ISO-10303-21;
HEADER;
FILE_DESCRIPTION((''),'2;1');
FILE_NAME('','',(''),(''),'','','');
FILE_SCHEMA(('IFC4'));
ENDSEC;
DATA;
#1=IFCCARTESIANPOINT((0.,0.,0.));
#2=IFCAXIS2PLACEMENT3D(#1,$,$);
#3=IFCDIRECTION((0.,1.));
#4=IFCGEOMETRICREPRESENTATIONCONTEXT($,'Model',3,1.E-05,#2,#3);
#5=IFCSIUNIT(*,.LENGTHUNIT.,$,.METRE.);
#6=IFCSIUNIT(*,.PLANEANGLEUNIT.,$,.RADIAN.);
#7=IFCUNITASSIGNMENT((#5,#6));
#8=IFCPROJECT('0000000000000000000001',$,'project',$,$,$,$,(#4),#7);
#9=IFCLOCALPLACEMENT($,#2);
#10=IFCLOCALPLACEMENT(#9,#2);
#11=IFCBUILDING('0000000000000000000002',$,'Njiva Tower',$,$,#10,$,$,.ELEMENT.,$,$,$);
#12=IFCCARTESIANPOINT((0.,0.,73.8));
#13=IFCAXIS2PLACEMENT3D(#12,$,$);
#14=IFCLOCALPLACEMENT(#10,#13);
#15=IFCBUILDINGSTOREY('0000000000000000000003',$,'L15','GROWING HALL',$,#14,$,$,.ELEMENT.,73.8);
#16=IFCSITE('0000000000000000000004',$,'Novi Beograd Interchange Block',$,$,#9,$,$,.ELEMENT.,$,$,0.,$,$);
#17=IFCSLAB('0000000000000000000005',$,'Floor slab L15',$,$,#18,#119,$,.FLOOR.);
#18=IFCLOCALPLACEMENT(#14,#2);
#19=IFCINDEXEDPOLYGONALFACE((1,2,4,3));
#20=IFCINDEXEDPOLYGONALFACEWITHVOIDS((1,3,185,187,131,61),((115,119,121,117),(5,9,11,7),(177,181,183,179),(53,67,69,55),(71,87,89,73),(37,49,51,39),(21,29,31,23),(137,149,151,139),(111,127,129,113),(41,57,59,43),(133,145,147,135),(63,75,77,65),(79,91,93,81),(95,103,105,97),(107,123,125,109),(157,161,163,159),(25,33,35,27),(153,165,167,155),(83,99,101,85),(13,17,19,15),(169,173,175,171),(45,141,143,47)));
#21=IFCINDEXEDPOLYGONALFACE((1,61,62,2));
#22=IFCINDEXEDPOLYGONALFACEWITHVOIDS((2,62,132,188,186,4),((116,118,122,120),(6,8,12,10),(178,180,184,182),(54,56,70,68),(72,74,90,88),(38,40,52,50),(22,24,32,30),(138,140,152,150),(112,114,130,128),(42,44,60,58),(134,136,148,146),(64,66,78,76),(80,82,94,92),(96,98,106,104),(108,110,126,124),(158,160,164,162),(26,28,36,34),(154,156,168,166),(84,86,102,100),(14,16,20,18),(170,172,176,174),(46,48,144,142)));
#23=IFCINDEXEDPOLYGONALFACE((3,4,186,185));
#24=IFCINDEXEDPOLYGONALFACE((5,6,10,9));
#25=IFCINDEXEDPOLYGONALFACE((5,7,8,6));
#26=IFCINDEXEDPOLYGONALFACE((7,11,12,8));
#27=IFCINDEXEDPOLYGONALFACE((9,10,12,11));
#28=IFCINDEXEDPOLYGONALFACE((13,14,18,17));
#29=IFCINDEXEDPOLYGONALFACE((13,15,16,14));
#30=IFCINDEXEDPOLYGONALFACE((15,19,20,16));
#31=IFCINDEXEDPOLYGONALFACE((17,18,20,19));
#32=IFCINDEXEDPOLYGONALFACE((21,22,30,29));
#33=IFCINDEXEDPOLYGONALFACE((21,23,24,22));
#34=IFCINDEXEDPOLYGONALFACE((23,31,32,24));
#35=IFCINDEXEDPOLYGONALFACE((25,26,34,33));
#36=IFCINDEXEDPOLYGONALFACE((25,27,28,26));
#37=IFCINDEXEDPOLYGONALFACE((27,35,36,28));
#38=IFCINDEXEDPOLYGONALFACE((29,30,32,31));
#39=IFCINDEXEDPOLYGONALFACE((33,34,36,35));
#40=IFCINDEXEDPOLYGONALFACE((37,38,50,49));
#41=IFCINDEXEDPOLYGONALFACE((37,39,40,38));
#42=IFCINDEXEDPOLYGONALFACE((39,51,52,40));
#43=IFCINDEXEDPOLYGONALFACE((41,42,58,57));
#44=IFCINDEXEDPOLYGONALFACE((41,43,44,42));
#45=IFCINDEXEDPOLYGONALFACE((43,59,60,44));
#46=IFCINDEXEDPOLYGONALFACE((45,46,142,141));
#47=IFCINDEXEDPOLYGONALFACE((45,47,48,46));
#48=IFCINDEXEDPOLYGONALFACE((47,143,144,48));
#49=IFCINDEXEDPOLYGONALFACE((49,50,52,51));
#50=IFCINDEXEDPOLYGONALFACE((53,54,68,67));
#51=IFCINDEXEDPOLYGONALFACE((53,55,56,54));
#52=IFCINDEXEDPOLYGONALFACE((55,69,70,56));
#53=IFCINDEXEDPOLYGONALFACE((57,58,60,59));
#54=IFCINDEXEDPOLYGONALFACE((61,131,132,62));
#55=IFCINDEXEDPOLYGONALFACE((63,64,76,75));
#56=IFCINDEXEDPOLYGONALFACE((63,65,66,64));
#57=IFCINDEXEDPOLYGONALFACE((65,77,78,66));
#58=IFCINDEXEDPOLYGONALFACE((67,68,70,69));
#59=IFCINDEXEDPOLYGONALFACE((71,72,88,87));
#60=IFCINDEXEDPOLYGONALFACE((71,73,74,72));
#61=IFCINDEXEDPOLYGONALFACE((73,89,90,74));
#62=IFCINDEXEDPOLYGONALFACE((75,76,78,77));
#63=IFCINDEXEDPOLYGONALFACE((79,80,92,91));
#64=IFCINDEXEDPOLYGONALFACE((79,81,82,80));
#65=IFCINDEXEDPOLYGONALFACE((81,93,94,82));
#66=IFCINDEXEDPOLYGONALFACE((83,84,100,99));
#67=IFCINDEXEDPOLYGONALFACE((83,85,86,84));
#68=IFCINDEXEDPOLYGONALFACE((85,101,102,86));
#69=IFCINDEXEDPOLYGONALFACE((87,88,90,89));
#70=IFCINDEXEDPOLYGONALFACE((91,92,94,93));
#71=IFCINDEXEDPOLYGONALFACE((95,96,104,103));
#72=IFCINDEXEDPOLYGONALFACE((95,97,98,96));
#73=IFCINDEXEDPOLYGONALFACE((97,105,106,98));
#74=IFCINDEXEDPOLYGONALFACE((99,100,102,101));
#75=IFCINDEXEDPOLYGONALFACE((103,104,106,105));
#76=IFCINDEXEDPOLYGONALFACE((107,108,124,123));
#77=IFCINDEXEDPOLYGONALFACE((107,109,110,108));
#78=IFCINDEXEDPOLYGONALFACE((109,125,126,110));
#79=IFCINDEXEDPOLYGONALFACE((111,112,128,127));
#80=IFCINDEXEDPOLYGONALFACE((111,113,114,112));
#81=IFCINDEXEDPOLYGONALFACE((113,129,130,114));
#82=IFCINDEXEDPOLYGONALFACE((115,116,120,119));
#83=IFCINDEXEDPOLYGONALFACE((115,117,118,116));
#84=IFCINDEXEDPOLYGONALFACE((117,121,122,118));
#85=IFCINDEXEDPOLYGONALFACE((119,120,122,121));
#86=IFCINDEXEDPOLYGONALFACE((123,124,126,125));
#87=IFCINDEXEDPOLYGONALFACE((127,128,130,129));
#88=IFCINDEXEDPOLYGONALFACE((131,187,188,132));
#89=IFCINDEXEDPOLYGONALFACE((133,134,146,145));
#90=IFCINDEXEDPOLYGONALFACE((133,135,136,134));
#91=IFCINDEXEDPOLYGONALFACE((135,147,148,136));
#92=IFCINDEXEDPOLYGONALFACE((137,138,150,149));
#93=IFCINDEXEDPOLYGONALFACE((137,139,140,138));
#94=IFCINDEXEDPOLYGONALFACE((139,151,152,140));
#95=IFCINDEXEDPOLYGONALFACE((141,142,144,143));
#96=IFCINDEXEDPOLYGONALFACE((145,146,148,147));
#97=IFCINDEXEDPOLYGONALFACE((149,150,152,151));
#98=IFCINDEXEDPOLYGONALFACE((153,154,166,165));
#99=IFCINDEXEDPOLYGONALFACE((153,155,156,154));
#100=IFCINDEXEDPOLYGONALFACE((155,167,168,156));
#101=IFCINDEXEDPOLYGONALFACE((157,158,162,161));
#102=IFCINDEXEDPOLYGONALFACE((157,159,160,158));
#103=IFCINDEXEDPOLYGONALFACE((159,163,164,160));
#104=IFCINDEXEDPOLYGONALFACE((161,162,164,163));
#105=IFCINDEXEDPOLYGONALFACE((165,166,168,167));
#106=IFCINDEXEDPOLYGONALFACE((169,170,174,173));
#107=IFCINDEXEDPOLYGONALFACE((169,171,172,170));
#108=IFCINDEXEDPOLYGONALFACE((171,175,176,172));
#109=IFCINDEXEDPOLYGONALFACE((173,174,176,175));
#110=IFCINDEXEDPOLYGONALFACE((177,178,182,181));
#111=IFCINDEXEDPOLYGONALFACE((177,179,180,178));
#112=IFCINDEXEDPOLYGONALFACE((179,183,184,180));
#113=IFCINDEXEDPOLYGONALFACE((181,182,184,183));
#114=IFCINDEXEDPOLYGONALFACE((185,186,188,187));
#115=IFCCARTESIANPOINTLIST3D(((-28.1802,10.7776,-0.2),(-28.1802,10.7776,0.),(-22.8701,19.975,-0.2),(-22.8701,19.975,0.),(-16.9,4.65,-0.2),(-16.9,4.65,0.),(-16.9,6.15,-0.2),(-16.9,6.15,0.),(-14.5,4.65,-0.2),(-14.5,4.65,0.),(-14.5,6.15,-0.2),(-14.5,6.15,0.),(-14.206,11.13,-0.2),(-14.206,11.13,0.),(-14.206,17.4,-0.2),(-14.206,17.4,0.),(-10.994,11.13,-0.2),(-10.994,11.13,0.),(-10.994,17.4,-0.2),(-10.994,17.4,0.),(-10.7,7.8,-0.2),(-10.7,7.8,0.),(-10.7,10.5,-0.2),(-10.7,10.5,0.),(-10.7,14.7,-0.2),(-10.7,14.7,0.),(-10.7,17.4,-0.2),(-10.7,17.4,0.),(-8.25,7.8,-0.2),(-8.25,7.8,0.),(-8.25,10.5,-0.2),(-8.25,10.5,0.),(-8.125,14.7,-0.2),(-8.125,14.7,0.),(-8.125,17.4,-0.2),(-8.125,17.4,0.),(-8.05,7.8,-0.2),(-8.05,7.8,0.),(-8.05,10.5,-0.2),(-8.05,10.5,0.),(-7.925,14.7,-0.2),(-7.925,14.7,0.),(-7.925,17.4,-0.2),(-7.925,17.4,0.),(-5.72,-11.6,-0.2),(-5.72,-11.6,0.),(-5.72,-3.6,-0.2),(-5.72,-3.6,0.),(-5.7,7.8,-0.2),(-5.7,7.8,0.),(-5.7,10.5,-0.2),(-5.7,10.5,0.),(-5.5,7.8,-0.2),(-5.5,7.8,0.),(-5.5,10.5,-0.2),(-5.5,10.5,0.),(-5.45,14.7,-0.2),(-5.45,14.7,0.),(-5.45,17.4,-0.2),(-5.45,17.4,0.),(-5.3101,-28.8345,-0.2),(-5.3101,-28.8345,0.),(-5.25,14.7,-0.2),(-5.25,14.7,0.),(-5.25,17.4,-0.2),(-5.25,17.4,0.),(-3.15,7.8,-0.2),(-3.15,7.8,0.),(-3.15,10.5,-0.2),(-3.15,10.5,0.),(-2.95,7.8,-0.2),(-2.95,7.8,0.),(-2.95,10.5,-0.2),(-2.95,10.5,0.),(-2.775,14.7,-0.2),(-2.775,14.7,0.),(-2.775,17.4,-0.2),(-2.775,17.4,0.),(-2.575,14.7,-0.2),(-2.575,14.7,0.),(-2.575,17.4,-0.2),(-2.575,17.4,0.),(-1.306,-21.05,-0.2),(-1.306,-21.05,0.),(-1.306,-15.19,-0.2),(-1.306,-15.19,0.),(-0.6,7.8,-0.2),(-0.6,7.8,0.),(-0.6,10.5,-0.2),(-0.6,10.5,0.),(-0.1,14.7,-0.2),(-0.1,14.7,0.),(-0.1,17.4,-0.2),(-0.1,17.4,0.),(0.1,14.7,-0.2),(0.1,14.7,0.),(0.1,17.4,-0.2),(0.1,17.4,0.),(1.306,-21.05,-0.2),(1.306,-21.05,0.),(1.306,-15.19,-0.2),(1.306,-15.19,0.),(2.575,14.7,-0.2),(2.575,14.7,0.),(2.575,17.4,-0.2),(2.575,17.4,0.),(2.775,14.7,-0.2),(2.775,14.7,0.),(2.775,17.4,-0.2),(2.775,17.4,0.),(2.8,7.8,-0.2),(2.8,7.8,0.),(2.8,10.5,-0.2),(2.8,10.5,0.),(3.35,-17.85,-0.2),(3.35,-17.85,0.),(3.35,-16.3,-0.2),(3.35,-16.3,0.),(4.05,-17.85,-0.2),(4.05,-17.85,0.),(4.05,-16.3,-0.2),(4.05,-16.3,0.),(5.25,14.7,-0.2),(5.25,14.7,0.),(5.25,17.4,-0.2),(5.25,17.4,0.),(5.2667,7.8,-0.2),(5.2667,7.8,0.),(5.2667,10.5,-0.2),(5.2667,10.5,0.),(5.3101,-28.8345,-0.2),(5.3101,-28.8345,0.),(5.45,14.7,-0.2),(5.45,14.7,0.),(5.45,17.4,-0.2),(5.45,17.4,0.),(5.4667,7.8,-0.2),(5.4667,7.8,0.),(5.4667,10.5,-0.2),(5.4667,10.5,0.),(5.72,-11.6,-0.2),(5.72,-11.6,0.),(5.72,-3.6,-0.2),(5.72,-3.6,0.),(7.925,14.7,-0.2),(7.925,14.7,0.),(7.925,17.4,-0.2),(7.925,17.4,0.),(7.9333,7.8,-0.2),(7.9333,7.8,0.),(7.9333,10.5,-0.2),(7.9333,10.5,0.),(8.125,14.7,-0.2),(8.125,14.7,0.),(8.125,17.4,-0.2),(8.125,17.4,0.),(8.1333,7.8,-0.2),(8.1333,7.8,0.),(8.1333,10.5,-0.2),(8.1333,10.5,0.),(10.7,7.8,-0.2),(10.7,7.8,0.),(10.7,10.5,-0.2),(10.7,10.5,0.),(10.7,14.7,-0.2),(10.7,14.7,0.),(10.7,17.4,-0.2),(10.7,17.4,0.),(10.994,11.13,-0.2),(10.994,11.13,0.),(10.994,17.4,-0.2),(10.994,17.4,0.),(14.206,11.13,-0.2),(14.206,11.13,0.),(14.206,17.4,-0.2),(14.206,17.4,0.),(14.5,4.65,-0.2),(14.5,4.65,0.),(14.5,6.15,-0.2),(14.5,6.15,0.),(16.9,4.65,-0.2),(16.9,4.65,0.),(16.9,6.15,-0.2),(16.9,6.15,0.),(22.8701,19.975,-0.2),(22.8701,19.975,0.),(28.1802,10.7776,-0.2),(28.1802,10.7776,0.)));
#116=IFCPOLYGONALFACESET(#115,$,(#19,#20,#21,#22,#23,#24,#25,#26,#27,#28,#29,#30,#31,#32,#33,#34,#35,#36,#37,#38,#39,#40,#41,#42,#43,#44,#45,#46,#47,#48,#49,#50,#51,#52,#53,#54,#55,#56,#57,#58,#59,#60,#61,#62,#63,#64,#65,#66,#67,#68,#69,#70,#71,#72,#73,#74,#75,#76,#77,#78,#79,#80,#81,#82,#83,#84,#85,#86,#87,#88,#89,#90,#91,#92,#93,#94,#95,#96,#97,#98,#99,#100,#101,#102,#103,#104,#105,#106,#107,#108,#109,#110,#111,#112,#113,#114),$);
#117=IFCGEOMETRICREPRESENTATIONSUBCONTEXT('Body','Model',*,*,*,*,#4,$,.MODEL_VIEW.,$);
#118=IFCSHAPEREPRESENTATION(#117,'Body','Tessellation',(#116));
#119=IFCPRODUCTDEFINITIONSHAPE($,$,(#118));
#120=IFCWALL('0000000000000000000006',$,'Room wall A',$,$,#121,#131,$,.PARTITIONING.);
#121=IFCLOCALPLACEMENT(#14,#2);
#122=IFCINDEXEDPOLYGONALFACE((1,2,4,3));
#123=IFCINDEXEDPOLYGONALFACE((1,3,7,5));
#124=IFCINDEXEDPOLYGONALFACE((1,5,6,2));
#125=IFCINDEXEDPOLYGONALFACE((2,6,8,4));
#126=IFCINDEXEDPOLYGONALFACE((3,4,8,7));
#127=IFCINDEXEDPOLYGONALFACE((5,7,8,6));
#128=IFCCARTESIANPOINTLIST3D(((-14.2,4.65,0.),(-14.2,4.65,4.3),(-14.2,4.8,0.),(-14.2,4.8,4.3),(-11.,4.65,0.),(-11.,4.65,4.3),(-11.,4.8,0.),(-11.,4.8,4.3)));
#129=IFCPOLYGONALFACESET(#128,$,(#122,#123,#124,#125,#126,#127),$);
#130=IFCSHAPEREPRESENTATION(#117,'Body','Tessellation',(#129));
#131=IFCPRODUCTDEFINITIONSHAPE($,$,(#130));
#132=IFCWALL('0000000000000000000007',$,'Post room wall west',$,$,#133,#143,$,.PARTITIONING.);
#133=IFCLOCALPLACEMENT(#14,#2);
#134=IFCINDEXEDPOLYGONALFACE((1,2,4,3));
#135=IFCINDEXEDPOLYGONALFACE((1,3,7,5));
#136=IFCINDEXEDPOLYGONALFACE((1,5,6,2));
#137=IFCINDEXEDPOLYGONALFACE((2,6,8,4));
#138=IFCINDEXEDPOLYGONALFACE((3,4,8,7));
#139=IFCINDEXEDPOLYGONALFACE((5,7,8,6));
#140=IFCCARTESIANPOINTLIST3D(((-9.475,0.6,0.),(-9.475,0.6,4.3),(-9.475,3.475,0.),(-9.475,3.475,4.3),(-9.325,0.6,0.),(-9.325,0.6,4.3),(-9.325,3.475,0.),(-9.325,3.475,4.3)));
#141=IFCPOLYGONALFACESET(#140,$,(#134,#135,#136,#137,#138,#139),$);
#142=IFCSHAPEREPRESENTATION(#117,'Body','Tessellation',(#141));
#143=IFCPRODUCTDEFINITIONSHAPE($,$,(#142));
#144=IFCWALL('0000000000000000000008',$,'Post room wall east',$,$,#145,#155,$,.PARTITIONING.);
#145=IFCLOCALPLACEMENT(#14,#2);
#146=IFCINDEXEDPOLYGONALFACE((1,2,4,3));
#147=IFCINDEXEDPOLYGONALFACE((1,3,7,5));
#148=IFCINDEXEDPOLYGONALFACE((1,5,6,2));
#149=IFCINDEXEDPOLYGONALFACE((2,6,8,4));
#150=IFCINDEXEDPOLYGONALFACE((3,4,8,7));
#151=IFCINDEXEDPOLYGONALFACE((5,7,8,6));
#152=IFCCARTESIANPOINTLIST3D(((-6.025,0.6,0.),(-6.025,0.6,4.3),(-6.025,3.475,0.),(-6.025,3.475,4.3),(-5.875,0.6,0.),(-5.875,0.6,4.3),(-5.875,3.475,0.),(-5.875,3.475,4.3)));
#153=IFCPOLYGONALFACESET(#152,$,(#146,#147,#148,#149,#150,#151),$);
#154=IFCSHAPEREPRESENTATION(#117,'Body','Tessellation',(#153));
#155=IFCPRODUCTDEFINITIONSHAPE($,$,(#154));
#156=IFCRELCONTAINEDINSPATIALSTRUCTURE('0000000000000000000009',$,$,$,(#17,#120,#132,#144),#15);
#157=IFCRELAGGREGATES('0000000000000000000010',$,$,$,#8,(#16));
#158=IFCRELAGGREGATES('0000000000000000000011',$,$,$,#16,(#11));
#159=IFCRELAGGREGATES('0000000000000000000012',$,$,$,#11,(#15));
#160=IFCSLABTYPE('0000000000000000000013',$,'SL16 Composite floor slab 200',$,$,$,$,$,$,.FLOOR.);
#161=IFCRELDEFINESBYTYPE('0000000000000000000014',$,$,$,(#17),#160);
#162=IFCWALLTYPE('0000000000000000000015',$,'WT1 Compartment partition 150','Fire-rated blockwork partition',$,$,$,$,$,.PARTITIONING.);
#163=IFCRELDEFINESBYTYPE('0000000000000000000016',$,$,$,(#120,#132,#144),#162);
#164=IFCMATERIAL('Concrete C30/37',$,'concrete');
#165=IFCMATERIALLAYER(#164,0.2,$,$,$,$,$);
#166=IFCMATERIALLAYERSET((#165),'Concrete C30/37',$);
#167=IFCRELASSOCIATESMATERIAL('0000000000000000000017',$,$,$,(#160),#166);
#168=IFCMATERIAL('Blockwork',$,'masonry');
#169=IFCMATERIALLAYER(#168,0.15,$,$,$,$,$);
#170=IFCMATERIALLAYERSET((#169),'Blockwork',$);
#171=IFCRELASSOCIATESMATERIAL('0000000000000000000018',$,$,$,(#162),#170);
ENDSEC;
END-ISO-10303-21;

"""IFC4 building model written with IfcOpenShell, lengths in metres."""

from ifc_helpers import new_model, si_unit, direction, frame, frame_2d, origin, place, context, subcontext, project, spatial, polyline, rectangle, outline, extrude, material, layer, layer_set, type_object, element, save


model = new_model("IFC4")

# Units and contexts
model_context = context("Model", 3, precision=1e-05, world=origin(), true_north=direction((0.0, 1.0)))
body_context = subcontext(model_context, "Body", "Model", "MODEL_VIEW")
ifc_project = project(units=[si_unit("LENGTHUNIT", "METRE"), si_unit("PLANEANGLEUNIT", "RADIAN")], contexts=[model_context])

# Site, building, storey
site_placement = place(None, origin())
site = spatial("IfcSite", under=ifc_project, at=site_placement, Name="Novi Beograd Interchange Block", CompositionType="ELEMENT", RefElevation=0.0)
building_placement = place(site_placement, origin())
building = spatial("IfcBuilding", under=site, at=building_placement, Name="Njiva Tower", CompositionType="ELEMENT")
storey_placement = place(building_placement, frame((0.0, 0.0, 73.8)))
storey = spatial("IfcBuildingStorey", under=building, at=storey_placement, Name="L15", Description="GROWING HALL", CompositionType="ELEMENT", Elevation=73.8)

# Slab
ifc_material_1 = material(Name="Concrete C30/37", Category="concrete")
ifc_layer_1 = layer(ifc_material_1, 0.2)
ifc_layer_set_1 = layer_set([ifc_layer_1], Name="Concrete C30/37")
slab_type = type_object("IfcSlabType", Name="SL16 Composite floor slab 200", PredefinedType="FLOOR", material=ifc_layer_set_1)
slab_placement = place(storey_placement, frame((0.0, 0.0, -0.2)))
element("IfcSlab", 1, at=slab_placement, inside=storey, type_object=slab_type, Name="Floor slab L15", PredefinedType="FLOOR", context=body_context, shape_type="SweptSolid", body=[
    extrude(outline(polyline([(28.1802, 10.7776), (5.3101, -28.8345), (-5.3101, -28.8345), (-28.1802, 10.7776), (-22.8701, 19.975), (22.8701, 19.975), (28.1802, 10.7776)]), holes=[polyline([(14.5, 4.65), (16.9, 4.65), (16.9, 6.15), (14.5, 6.15), (14.5, 4.65)]), polyline([(10.994, 17.4), (10.994, 11.13), (14.206, 11.13), (14.206, 17.4), (10.994, 17.4)]), polyline([(8.125, 17.4), (8.125, 14.7), (10.7, 14.7), (10.7, 17.4), (8.125, 17.4)]), polyline([(8.1333, 7.8), (10.7, 7.8), (10.7, 10.5), (8.1333, 10.5), (8.1333, 7.8)]), polyline([(5.4667, 10.5), (5.4667, 7.8), (7.9333, 7.8), (7.9333, 10.5), (5.4667, 10.5)]), polyline([(5.45, 17.4), (5.45, 14.7), (7.925, 14.7), (7.925, 17.4), (5.45, 17.4)]), polyline([(5.72, -11.6), (5.72, -3.6), (-5.72, -3.6), (-5.72, -11.6), (5.72, -11.6)]), polyline([(2.8, 10.5), (2.8, 7.8), (5.2667, 7.8), (5.2667, 10.5), (2.8, 10.5)]), polyline([(2.775, 14.7), (5.25, 14.7), (5.25, 17.4), (2.775, 17.4), (2.775, 14.7)]), polyline([(3.35, -17.85), (4.05, -17.85), (4.05, -16.3), (3.35, -16.3), (3.35, -17.85)]), polyline([(0.1, 17.4), (0.1, 14.7), (2.575, 14.7), (2.575, 17.4), (0.1, 17.4)]), polyline([(-1.306, -21.05), (1.306, -21.05), (1.306, -15.19), (-1.306, -15.19), (-1.306, -21.05)]), polyline([(-2.575, 17.4), (-2.575, 14.7), (-0.1, 14.7), (-0.1, 17.4), (-2.575, 17.4)]), polyline([(-2.95, 7.8), (-0.6, 7.8), (-0.6, 10.5), (-2.95, 10.5), (-2.95, 7.8)]), polyline([(-5.25, 17.4), (-5.25, 14.7), (-2.775, 14.7), (-2.775, 17.4), (-5.25, 17.4)]), polyline([(-5.5, 10.5), (-5.5, 7.8), (-3.15, 7.8), (-3.15, 10.5), (-5.5, 10.5)]), polyline([(-7.925, 14.7), (-5.45, 14.7), (-5.45, 17.4), (-7.925, 17.4), (-7.925, 14.7)]), polyline([(-8.05, 10.5), (-8.05, 7.8), (-5.7, 7.8), (-5.7, 10.5), (-8.05, 10.5)]), polyline([(-10.7, 17.4), (-10.7, 14.7), (-8.125, 14.7), (-8.125, 17.4), (-10.7, 17.4)]), polyline([(-10.7, 7.8), (-8.25, 7.8), (-8.25, 10.5), (-10.7, 10.5), (-10.7, 7.8)]), polyline([(-14.206, 17.4), (-14.206, 11.13), (-10.994, 11.13), (-10.994, 17.4), (-14.206, 17.4)]), polyline([(-16.9, 4.65), (-14.5, 4.65), (-14.5, 6.15), (-16.9, 6.15), (-16.9, 4.65)])]), origin(), (0.0, 0.0, 1.0), 0.2),
])

# Walls
ifc_material_2 = material(Name="Blockwork", Category="masonry")
ifc_layer_2 = layer(ifc_material_2, 0.15)
ifc_layer_set_2 = layer_set([ifc_layer_2], Name="Blockwork")
wall_type_1 = type_object("IfcWallType", Name="WT1 Compartment partition 150", Description="Fire-rated blockwork partition", PredefinedType="PARTITIONING", material=ifc_layer_set_2)
wall_1_placement = place(storey_placement, frame((-14.2, 4.725, 0.0), z_axis=(0.0, 0.0, 1.0), x_axis=(1.0, 0.0, 0.0)))
element("IfcWall", 2, at=wall_1_placement, inside=storey, type_object=wall_type_1, Name="Room wall A", PredefinedType="PARTITIONING", context=body_context, shape_type="SweptSolid", body=[
    extrude(rectangle(XDim=3.2, YDim=0.15, at=frame_2d((1.6, 0.0))), origin(), (0.0, 0.0, 1.0), 4.3),
])
for number, where, z_axis, x_axis, name in (
    (3, (-9.4, 0.6, 0.0), (0.0, 0.0, 1.0), (0.0, 1.0, 0.0), "Post room wall west"),
    (4, (-5.95, 0.6, 0.0), (0.0, 0.0, 1.0), (0.0, 1.0, 0.0), "Post room wall east"),
):
    element("IfcWall", number, at=place(storey_placement, frame(where, z_axis=z_axis, x_axis=x_axis)), inside=storey, type_object=wall_type_1, Name=name, PredefinedType="PARTITIONING", context=body_context, shape_type="SweptSolid", body=[
        extrude(rectangle(XDim=2.875, YDim=0.15, at=frame_2d((1.4375, 0.0))), origin(), (0.0, 0.0, 1.0), 4.3),
    ])

save(model, "model.ifc")
